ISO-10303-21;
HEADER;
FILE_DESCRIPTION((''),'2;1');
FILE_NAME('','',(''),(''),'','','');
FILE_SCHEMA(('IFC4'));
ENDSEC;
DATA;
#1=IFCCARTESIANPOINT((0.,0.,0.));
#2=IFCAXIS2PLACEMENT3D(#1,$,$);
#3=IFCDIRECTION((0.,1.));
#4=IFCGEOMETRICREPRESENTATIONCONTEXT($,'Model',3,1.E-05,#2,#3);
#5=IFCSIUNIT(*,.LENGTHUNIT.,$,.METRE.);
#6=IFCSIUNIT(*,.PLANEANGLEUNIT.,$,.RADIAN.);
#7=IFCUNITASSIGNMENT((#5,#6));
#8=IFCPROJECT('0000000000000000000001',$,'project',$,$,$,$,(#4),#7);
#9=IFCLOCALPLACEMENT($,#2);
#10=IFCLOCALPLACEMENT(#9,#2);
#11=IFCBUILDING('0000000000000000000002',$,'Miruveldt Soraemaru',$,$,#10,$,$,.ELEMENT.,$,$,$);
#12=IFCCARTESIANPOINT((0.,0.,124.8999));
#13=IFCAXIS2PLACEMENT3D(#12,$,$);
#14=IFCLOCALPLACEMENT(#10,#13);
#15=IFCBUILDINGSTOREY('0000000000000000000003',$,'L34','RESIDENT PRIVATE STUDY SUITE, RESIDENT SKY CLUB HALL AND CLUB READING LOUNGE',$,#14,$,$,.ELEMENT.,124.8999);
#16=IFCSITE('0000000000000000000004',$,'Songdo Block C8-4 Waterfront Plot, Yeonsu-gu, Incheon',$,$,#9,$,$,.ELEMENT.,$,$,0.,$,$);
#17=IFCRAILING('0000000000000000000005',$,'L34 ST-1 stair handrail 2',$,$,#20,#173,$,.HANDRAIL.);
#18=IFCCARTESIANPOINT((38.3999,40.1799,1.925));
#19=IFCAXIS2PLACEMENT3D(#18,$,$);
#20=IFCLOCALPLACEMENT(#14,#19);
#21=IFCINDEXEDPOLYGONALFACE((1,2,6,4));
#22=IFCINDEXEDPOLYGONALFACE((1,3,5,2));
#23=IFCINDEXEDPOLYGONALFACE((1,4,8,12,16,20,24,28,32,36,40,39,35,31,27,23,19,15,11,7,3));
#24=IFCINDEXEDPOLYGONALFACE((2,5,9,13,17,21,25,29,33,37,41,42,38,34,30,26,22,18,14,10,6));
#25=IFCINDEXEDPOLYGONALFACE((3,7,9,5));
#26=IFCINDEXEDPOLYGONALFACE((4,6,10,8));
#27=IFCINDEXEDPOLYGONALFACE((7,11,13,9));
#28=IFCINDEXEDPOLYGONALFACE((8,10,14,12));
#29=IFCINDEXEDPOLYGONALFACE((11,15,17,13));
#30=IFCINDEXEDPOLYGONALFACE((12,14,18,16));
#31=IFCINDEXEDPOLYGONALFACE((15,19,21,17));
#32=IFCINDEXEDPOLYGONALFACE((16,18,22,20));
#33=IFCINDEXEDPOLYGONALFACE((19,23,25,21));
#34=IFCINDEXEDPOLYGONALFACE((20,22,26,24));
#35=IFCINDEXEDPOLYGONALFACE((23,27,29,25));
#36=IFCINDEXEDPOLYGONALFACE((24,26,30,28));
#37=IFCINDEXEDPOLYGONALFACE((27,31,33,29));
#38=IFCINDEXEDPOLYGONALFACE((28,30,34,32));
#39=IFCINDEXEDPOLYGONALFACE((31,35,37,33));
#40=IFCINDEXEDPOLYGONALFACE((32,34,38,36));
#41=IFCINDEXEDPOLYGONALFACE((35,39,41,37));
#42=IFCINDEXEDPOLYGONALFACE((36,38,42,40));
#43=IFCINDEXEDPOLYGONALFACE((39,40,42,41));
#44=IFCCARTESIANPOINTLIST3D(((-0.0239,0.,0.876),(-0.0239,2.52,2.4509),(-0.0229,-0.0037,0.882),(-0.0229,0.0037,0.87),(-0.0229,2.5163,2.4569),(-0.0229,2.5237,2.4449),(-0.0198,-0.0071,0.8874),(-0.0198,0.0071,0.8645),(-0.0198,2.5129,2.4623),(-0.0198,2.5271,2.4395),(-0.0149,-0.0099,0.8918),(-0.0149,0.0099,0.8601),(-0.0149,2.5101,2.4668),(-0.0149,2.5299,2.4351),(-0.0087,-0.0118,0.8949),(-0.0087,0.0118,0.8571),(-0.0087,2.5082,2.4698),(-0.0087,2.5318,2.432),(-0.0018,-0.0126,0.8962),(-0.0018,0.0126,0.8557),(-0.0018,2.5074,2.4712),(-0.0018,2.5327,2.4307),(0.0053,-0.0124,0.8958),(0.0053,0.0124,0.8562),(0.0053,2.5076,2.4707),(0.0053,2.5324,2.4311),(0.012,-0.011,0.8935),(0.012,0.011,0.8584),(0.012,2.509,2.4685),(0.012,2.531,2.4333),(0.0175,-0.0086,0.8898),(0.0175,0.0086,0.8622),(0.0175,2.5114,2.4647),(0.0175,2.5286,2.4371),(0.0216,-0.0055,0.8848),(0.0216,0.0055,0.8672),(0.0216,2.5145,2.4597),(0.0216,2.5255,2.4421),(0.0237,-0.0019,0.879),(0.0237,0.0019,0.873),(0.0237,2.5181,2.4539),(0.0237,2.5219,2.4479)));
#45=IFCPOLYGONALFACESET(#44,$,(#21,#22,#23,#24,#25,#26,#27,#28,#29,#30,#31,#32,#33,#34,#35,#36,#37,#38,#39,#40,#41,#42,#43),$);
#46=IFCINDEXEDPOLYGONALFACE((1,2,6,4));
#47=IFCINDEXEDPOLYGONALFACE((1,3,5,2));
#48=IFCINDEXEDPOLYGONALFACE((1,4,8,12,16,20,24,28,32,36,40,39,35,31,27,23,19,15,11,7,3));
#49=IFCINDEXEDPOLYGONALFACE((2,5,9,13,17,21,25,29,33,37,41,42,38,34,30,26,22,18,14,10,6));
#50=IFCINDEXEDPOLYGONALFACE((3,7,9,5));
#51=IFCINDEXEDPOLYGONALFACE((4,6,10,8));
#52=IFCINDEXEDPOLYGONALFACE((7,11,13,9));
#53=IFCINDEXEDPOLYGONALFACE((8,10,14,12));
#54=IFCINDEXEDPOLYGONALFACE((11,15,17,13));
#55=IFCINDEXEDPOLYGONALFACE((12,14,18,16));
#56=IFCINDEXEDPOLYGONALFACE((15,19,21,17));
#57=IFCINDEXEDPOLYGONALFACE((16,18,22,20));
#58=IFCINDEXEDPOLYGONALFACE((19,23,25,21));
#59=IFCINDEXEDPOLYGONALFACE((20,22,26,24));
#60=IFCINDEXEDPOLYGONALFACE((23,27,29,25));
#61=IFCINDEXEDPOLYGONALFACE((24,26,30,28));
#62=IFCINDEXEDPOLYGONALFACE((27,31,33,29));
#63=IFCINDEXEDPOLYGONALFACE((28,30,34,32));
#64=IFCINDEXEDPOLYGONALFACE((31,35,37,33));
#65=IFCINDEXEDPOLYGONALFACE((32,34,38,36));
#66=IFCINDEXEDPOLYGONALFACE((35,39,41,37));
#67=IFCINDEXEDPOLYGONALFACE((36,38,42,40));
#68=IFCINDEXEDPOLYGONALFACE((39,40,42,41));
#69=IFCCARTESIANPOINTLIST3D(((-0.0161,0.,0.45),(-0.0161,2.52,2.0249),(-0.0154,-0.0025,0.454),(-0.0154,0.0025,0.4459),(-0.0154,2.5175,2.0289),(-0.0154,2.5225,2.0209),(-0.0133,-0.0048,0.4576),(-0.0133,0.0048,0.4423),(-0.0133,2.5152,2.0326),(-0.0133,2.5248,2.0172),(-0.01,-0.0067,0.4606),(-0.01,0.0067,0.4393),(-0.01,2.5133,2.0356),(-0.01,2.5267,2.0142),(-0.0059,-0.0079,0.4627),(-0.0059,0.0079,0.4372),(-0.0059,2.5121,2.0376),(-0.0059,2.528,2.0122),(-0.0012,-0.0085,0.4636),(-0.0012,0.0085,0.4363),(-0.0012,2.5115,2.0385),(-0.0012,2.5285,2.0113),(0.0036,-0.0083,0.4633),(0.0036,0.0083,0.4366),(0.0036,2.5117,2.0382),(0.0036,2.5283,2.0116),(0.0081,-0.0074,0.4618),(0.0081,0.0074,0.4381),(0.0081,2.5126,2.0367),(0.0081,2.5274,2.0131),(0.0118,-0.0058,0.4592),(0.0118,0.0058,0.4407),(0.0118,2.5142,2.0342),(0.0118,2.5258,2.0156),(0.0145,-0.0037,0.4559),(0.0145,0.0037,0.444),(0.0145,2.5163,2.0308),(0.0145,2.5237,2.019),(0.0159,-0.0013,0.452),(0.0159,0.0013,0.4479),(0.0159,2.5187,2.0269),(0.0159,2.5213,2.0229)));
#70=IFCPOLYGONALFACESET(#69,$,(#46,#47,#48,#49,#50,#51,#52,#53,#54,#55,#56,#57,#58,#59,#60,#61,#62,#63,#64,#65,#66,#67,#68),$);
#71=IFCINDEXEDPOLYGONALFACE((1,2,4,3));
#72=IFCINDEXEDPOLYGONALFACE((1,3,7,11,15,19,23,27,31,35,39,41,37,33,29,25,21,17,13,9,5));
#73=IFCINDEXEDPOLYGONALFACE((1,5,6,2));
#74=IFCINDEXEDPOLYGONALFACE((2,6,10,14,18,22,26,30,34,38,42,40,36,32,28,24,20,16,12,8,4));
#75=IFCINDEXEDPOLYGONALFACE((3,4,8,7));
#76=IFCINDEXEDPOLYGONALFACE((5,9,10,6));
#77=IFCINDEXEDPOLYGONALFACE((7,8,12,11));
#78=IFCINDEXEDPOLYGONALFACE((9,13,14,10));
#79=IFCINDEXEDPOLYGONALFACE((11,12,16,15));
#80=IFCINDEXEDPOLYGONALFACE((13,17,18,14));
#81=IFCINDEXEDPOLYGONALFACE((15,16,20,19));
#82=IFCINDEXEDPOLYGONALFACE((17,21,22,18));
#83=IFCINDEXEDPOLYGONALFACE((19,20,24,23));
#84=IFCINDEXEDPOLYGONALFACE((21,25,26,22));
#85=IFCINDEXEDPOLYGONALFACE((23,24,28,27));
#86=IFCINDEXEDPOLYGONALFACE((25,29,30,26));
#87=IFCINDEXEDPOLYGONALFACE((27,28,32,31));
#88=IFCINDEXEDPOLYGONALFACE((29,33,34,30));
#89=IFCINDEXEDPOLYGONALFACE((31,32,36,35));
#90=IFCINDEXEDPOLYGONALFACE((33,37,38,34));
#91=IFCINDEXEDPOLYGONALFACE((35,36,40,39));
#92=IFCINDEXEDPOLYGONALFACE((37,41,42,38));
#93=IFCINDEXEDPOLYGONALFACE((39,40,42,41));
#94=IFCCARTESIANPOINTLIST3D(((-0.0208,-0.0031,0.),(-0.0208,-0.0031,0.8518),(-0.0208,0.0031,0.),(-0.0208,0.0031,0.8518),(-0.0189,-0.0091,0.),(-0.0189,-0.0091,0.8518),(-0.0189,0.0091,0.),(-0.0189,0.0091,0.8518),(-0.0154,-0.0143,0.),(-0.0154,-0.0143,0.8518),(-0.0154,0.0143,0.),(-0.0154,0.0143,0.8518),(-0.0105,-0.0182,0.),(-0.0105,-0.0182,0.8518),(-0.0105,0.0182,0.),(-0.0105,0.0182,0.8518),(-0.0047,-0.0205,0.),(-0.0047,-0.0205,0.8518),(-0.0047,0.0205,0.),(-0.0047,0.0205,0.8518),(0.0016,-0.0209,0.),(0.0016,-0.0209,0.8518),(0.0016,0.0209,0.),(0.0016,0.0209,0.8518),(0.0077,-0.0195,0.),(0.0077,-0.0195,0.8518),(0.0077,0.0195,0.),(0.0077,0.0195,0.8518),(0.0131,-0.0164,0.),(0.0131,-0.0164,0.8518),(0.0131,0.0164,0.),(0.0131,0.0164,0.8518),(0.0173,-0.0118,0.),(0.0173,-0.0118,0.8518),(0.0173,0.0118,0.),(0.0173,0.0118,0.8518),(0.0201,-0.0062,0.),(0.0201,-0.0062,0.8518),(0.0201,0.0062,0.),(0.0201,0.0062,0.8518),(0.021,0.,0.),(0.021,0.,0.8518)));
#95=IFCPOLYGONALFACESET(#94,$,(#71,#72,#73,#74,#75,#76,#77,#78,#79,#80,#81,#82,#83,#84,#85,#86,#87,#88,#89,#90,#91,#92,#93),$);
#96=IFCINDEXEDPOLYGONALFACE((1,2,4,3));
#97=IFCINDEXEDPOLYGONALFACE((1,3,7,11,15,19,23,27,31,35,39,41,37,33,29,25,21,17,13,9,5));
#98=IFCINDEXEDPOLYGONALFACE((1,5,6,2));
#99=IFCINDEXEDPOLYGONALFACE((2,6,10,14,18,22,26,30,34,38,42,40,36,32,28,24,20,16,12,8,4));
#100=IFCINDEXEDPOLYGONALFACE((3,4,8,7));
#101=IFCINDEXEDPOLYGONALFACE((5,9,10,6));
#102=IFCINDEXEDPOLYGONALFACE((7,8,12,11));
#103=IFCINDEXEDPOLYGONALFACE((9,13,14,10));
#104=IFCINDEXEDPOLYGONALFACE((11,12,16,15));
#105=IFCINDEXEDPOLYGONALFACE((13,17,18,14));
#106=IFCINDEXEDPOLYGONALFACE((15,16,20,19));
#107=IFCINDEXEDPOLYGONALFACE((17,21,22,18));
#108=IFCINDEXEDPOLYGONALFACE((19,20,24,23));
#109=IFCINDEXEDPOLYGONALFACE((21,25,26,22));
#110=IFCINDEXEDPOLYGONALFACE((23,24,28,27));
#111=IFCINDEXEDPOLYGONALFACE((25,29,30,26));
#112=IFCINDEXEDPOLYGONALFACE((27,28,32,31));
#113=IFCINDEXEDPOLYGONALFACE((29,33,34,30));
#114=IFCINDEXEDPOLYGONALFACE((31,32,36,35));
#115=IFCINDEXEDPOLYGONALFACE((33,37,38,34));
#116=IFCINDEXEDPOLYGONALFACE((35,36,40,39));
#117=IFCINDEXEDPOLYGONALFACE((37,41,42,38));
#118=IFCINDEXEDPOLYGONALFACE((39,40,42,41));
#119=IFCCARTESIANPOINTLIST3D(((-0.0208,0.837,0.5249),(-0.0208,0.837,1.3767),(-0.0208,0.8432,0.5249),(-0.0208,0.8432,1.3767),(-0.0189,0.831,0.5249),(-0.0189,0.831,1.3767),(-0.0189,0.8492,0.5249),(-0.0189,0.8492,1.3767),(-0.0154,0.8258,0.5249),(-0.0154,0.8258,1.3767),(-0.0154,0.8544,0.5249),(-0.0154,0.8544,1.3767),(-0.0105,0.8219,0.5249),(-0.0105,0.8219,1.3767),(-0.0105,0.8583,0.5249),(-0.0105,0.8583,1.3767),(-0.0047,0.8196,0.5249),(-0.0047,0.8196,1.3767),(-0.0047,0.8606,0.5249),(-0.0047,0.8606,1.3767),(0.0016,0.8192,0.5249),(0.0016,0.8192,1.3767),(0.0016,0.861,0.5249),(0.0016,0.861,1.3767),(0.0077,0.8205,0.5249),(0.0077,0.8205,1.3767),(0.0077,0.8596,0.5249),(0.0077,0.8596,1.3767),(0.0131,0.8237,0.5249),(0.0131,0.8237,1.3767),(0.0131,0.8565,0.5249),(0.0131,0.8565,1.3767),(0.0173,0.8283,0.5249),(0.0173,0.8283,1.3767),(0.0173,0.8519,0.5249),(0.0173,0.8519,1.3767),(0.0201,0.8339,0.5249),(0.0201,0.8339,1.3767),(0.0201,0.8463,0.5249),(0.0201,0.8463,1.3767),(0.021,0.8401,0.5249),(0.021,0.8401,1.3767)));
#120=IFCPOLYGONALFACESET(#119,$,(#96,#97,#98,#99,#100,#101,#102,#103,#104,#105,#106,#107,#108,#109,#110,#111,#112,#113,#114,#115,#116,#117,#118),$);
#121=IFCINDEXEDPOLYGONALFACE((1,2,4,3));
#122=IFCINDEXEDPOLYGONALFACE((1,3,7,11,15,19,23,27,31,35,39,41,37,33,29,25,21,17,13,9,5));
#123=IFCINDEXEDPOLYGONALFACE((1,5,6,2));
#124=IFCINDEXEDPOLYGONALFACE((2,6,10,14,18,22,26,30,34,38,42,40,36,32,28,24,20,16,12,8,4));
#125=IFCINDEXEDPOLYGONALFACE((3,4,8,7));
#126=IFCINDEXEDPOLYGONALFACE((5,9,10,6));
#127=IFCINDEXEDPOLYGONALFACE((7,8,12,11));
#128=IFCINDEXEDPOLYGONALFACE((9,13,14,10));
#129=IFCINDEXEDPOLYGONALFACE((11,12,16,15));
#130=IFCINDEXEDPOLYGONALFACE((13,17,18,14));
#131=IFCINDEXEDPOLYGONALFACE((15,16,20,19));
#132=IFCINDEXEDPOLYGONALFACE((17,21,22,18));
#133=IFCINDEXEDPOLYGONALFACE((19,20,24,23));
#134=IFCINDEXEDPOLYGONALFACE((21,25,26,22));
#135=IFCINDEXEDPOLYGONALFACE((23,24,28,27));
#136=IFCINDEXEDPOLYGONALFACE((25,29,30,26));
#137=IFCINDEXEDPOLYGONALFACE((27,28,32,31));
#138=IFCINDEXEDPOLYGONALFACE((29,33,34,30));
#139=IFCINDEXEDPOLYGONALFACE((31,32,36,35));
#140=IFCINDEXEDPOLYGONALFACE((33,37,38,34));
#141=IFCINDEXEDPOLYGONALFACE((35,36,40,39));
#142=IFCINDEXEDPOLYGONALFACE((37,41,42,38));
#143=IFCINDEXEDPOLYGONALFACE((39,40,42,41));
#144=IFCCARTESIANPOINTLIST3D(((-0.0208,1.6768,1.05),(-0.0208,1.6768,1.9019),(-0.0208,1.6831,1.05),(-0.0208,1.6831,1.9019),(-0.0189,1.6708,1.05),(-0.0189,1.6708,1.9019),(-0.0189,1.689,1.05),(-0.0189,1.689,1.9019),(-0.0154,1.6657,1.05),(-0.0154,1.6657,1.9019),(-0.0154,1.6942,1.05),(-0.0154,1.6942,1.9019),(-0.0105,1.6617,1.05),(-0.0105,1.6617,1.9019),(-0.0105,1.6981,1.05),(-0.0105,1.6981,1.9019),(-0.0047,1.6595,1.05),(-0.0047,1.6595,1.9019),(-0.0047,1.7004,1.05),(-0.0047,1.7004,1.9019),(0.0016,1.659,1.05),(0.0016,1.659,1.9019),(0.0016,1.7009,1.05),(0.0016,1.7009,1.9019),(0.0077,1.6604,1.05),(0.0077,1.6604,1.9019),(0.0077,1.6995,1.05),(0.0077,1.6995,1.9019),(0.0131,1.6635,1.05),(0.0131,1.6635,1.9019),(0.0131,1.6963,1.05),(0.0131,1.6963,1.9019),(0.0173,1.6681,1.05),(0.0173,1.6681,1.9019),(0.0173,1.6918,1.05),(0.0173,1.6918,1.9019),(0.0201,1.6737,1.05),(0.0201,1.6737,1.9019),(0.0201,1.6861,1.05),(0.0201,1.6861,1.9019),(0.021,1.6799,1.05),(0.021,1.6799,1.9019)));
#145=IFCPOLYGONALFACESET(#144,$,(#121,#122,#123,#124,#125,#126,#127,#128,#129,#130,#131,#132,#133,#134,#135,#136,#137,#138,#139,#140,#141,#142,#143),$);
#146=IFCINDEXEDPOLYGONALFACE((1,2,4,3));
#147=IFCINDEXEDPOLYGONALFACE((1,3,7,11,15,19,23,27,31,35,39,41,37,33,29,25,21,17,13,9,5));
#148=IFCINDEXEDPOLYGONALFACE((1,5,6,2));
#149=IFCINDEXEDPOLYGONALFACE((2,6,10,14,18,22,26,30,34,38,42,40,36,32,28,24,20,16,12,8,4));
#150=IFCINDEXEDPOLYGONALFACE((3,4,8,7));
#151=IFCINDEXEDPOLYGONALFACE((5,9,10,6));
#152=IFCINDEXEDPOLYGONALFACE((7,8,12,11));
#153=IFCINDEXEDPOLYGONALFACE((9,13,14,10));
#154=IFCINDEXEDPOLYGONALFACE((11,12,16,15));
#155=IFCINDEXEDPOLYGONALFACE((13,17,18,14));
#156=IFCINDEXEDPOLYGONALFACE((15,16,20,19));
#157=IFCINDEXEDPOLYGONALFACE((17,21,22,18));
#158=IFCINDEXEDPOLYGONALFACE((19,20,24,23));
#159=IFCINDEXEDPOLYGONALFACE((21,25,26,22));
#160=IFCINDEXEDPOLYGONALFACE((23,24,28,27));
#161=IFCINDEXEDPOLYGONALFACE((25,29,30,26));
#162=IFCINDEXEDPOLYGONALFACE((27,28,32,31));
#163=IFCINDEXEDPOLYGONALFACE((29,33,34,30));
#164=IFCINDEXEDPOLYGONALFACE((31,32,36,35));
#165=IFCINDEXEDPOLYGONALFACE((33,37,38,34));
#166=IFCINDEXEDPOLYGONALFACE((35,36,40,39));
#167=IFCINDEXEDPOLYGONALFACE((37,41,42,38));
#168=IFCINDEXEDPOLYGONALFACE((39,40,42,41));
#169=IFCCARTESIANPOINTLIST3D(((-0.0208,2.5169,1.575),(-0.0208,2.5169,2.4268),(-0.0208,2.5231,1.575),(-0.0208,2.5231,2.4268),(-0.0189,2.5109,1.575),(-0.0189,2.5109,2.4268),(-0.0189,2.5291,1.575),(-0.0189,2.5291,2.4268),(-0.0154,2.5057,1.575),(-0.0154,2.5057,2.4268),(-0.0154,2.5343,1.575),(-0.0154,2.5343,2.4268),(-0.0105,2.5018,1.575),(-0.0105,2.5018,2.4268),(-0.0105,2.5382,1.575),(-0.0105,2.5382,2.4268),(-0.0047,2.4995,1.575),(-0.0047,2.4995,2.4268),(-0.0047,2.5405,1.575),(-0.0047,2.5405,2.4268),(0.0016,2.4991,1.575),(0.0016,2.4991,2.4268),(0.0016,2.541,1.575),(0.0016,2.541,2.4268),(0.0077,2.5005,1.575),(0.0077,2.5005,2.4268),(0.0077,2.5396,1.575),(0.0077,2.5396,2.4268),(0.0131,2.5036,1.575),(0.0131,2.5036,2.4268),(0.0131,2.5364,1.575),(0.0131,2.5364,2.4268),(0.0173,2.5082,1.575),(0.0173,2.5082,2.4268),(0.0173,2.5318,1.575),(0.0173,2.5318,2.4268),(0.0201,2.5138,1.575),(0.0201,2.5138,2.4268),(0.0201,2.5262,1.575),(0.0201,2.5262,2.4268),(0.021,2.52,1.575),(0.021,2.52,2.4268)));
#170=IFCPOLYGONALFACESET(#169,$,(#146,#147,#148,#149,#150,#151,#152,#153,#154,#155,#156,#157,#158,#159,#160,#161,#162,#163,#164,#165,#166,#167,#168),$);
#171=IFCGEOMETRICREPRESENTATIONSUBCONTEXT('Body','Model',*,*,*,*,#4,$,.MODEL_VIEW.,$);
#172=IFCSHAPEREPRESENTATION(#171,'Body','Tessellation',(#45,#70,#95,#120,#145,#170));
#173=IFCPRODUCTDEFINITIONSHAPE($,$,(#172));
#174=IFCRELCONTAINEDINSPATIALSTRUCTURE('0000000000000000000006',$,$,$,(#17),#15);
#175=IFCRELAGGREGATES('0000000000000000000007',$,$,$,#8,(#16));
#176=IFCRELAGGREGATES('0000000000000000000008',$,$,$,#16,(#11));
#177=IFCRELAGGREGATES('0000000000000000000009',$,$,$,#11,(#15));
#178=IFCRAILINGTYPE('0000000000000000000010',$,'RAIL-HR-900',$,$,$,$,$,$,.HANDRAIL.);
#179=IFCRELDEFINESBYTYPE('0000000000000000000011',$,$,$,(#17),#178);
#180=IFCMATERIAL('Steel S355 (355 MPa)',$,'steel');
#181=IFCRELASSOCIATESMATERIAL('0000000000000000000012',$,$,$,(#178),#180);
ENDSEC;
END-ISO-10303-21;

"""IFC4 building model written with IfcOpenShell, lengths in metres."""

from ifc_helpers import new_model, si_unit, direction, frame, origin, origin_2d, place, context, subcontext, project, spatial, circle, extrude, material, type_object, element, save


model = new_model("IFC4")

# Units and contexts
model_context = context("Model", 3, precision=1e-05, world=origin(), true_north=direction((0.0, 1.0)))
body_context = subcontext(model_context, "Body", "Model", "MODEL_VIEW")
ifc_project = project(units=[si_unit("LENGTHUNIT", "METRE"), si_unit("PLANEANGLEUNIT", "RADIAN")], contexts=[model_context])

# Site, building, storey
site_placement = place(None, origin())
site = spatial("IfcSite", under=ifc_project, at=site_placement, Name="Songdo Block C8-4 Waterfront Plot, Yeonsu-gu, Incheon", CompositionType="ELEMENT", RefElevation=0.0)
building_placement = place(site_placement, origin())
building = spatial("IfcBuilding", under=site, at=building_placement, Name="Miruveldt Soraemaru", CompositionType="ELEMENT")
storey_placement = place(building_placement, frame((0.0, 0.0, 124.8999)))
storey = spatial("IfcBuildingStorey", under=building, at=storey_placement, Name="L34", Description="RESIDENT PRIVATE STUDY SUITE, RESIDENT SKY CLUB HALL AND CLUB READING LOUNGE", CompositionType="ELEMENT", Elevation=124.8999)

# Railing
ifc_material_1 = material(Name="Steel S355 (355 MPa)", Category="steel")
railing_type_1 = type_object("IfcRailingType", Name="RAIL-HR-900", PredefinedType="HANDRAIL", material=ifc_material_1)
railing_1_placement = place(storey_placement, frame((38.3999, 40.1799, 1.925)))
element("IfcRailing", 1, at=railing_1_placement, inside=storey, type_object=railing_type_1, Name="L34 ST-1 stair handrail 2", PredefinedType="HANDRAIL", context=body_context, shape_type="SweptSolid", body=[
    extrude(circle(Radius=0.0239, at=origin_2d()), frame((0.0, 0.0, 0.876), z_axis=(0.0, 0.848008, 0.529984), x_axis=(-1.0, 0.0, 0.0)), (0.0, 0.0, 1.0), 2.9717),
    extrude(circle(Radius=0.0161, at=origin_2d()), frame((0.0, 0.0, 0.45), z_axis=(0.0, 0.848008, 0.529984), x_axis=(-1.0, 0.0, 0.0)), (0.0, 0.0, 1.0), 2.9717),
    extrude(circle(Radius=0.021, at=origin_2d()), origin(), (0.0, 0.0, 1.0), 0.8518),
    extrude(circle(Radius=0.021, at=origin_2d()), frame((0.0, 0.8401, 0.5249)), (0.0, 0.0, 1.0), 0.8518),
    extrude(circle(Radius=0.021, at=origin_2d()), frame((0.0, 1.6799, 1.05)), (0.0, 0.0, 1.0), 0.8518),
    extrude(circle(Radius=0.021, at=origin_2d()), frame((0.0, 2.52, 1.575)), (0.0, 0.0, 1.0), 0.8518),
])

save(model, "model.ifc")
